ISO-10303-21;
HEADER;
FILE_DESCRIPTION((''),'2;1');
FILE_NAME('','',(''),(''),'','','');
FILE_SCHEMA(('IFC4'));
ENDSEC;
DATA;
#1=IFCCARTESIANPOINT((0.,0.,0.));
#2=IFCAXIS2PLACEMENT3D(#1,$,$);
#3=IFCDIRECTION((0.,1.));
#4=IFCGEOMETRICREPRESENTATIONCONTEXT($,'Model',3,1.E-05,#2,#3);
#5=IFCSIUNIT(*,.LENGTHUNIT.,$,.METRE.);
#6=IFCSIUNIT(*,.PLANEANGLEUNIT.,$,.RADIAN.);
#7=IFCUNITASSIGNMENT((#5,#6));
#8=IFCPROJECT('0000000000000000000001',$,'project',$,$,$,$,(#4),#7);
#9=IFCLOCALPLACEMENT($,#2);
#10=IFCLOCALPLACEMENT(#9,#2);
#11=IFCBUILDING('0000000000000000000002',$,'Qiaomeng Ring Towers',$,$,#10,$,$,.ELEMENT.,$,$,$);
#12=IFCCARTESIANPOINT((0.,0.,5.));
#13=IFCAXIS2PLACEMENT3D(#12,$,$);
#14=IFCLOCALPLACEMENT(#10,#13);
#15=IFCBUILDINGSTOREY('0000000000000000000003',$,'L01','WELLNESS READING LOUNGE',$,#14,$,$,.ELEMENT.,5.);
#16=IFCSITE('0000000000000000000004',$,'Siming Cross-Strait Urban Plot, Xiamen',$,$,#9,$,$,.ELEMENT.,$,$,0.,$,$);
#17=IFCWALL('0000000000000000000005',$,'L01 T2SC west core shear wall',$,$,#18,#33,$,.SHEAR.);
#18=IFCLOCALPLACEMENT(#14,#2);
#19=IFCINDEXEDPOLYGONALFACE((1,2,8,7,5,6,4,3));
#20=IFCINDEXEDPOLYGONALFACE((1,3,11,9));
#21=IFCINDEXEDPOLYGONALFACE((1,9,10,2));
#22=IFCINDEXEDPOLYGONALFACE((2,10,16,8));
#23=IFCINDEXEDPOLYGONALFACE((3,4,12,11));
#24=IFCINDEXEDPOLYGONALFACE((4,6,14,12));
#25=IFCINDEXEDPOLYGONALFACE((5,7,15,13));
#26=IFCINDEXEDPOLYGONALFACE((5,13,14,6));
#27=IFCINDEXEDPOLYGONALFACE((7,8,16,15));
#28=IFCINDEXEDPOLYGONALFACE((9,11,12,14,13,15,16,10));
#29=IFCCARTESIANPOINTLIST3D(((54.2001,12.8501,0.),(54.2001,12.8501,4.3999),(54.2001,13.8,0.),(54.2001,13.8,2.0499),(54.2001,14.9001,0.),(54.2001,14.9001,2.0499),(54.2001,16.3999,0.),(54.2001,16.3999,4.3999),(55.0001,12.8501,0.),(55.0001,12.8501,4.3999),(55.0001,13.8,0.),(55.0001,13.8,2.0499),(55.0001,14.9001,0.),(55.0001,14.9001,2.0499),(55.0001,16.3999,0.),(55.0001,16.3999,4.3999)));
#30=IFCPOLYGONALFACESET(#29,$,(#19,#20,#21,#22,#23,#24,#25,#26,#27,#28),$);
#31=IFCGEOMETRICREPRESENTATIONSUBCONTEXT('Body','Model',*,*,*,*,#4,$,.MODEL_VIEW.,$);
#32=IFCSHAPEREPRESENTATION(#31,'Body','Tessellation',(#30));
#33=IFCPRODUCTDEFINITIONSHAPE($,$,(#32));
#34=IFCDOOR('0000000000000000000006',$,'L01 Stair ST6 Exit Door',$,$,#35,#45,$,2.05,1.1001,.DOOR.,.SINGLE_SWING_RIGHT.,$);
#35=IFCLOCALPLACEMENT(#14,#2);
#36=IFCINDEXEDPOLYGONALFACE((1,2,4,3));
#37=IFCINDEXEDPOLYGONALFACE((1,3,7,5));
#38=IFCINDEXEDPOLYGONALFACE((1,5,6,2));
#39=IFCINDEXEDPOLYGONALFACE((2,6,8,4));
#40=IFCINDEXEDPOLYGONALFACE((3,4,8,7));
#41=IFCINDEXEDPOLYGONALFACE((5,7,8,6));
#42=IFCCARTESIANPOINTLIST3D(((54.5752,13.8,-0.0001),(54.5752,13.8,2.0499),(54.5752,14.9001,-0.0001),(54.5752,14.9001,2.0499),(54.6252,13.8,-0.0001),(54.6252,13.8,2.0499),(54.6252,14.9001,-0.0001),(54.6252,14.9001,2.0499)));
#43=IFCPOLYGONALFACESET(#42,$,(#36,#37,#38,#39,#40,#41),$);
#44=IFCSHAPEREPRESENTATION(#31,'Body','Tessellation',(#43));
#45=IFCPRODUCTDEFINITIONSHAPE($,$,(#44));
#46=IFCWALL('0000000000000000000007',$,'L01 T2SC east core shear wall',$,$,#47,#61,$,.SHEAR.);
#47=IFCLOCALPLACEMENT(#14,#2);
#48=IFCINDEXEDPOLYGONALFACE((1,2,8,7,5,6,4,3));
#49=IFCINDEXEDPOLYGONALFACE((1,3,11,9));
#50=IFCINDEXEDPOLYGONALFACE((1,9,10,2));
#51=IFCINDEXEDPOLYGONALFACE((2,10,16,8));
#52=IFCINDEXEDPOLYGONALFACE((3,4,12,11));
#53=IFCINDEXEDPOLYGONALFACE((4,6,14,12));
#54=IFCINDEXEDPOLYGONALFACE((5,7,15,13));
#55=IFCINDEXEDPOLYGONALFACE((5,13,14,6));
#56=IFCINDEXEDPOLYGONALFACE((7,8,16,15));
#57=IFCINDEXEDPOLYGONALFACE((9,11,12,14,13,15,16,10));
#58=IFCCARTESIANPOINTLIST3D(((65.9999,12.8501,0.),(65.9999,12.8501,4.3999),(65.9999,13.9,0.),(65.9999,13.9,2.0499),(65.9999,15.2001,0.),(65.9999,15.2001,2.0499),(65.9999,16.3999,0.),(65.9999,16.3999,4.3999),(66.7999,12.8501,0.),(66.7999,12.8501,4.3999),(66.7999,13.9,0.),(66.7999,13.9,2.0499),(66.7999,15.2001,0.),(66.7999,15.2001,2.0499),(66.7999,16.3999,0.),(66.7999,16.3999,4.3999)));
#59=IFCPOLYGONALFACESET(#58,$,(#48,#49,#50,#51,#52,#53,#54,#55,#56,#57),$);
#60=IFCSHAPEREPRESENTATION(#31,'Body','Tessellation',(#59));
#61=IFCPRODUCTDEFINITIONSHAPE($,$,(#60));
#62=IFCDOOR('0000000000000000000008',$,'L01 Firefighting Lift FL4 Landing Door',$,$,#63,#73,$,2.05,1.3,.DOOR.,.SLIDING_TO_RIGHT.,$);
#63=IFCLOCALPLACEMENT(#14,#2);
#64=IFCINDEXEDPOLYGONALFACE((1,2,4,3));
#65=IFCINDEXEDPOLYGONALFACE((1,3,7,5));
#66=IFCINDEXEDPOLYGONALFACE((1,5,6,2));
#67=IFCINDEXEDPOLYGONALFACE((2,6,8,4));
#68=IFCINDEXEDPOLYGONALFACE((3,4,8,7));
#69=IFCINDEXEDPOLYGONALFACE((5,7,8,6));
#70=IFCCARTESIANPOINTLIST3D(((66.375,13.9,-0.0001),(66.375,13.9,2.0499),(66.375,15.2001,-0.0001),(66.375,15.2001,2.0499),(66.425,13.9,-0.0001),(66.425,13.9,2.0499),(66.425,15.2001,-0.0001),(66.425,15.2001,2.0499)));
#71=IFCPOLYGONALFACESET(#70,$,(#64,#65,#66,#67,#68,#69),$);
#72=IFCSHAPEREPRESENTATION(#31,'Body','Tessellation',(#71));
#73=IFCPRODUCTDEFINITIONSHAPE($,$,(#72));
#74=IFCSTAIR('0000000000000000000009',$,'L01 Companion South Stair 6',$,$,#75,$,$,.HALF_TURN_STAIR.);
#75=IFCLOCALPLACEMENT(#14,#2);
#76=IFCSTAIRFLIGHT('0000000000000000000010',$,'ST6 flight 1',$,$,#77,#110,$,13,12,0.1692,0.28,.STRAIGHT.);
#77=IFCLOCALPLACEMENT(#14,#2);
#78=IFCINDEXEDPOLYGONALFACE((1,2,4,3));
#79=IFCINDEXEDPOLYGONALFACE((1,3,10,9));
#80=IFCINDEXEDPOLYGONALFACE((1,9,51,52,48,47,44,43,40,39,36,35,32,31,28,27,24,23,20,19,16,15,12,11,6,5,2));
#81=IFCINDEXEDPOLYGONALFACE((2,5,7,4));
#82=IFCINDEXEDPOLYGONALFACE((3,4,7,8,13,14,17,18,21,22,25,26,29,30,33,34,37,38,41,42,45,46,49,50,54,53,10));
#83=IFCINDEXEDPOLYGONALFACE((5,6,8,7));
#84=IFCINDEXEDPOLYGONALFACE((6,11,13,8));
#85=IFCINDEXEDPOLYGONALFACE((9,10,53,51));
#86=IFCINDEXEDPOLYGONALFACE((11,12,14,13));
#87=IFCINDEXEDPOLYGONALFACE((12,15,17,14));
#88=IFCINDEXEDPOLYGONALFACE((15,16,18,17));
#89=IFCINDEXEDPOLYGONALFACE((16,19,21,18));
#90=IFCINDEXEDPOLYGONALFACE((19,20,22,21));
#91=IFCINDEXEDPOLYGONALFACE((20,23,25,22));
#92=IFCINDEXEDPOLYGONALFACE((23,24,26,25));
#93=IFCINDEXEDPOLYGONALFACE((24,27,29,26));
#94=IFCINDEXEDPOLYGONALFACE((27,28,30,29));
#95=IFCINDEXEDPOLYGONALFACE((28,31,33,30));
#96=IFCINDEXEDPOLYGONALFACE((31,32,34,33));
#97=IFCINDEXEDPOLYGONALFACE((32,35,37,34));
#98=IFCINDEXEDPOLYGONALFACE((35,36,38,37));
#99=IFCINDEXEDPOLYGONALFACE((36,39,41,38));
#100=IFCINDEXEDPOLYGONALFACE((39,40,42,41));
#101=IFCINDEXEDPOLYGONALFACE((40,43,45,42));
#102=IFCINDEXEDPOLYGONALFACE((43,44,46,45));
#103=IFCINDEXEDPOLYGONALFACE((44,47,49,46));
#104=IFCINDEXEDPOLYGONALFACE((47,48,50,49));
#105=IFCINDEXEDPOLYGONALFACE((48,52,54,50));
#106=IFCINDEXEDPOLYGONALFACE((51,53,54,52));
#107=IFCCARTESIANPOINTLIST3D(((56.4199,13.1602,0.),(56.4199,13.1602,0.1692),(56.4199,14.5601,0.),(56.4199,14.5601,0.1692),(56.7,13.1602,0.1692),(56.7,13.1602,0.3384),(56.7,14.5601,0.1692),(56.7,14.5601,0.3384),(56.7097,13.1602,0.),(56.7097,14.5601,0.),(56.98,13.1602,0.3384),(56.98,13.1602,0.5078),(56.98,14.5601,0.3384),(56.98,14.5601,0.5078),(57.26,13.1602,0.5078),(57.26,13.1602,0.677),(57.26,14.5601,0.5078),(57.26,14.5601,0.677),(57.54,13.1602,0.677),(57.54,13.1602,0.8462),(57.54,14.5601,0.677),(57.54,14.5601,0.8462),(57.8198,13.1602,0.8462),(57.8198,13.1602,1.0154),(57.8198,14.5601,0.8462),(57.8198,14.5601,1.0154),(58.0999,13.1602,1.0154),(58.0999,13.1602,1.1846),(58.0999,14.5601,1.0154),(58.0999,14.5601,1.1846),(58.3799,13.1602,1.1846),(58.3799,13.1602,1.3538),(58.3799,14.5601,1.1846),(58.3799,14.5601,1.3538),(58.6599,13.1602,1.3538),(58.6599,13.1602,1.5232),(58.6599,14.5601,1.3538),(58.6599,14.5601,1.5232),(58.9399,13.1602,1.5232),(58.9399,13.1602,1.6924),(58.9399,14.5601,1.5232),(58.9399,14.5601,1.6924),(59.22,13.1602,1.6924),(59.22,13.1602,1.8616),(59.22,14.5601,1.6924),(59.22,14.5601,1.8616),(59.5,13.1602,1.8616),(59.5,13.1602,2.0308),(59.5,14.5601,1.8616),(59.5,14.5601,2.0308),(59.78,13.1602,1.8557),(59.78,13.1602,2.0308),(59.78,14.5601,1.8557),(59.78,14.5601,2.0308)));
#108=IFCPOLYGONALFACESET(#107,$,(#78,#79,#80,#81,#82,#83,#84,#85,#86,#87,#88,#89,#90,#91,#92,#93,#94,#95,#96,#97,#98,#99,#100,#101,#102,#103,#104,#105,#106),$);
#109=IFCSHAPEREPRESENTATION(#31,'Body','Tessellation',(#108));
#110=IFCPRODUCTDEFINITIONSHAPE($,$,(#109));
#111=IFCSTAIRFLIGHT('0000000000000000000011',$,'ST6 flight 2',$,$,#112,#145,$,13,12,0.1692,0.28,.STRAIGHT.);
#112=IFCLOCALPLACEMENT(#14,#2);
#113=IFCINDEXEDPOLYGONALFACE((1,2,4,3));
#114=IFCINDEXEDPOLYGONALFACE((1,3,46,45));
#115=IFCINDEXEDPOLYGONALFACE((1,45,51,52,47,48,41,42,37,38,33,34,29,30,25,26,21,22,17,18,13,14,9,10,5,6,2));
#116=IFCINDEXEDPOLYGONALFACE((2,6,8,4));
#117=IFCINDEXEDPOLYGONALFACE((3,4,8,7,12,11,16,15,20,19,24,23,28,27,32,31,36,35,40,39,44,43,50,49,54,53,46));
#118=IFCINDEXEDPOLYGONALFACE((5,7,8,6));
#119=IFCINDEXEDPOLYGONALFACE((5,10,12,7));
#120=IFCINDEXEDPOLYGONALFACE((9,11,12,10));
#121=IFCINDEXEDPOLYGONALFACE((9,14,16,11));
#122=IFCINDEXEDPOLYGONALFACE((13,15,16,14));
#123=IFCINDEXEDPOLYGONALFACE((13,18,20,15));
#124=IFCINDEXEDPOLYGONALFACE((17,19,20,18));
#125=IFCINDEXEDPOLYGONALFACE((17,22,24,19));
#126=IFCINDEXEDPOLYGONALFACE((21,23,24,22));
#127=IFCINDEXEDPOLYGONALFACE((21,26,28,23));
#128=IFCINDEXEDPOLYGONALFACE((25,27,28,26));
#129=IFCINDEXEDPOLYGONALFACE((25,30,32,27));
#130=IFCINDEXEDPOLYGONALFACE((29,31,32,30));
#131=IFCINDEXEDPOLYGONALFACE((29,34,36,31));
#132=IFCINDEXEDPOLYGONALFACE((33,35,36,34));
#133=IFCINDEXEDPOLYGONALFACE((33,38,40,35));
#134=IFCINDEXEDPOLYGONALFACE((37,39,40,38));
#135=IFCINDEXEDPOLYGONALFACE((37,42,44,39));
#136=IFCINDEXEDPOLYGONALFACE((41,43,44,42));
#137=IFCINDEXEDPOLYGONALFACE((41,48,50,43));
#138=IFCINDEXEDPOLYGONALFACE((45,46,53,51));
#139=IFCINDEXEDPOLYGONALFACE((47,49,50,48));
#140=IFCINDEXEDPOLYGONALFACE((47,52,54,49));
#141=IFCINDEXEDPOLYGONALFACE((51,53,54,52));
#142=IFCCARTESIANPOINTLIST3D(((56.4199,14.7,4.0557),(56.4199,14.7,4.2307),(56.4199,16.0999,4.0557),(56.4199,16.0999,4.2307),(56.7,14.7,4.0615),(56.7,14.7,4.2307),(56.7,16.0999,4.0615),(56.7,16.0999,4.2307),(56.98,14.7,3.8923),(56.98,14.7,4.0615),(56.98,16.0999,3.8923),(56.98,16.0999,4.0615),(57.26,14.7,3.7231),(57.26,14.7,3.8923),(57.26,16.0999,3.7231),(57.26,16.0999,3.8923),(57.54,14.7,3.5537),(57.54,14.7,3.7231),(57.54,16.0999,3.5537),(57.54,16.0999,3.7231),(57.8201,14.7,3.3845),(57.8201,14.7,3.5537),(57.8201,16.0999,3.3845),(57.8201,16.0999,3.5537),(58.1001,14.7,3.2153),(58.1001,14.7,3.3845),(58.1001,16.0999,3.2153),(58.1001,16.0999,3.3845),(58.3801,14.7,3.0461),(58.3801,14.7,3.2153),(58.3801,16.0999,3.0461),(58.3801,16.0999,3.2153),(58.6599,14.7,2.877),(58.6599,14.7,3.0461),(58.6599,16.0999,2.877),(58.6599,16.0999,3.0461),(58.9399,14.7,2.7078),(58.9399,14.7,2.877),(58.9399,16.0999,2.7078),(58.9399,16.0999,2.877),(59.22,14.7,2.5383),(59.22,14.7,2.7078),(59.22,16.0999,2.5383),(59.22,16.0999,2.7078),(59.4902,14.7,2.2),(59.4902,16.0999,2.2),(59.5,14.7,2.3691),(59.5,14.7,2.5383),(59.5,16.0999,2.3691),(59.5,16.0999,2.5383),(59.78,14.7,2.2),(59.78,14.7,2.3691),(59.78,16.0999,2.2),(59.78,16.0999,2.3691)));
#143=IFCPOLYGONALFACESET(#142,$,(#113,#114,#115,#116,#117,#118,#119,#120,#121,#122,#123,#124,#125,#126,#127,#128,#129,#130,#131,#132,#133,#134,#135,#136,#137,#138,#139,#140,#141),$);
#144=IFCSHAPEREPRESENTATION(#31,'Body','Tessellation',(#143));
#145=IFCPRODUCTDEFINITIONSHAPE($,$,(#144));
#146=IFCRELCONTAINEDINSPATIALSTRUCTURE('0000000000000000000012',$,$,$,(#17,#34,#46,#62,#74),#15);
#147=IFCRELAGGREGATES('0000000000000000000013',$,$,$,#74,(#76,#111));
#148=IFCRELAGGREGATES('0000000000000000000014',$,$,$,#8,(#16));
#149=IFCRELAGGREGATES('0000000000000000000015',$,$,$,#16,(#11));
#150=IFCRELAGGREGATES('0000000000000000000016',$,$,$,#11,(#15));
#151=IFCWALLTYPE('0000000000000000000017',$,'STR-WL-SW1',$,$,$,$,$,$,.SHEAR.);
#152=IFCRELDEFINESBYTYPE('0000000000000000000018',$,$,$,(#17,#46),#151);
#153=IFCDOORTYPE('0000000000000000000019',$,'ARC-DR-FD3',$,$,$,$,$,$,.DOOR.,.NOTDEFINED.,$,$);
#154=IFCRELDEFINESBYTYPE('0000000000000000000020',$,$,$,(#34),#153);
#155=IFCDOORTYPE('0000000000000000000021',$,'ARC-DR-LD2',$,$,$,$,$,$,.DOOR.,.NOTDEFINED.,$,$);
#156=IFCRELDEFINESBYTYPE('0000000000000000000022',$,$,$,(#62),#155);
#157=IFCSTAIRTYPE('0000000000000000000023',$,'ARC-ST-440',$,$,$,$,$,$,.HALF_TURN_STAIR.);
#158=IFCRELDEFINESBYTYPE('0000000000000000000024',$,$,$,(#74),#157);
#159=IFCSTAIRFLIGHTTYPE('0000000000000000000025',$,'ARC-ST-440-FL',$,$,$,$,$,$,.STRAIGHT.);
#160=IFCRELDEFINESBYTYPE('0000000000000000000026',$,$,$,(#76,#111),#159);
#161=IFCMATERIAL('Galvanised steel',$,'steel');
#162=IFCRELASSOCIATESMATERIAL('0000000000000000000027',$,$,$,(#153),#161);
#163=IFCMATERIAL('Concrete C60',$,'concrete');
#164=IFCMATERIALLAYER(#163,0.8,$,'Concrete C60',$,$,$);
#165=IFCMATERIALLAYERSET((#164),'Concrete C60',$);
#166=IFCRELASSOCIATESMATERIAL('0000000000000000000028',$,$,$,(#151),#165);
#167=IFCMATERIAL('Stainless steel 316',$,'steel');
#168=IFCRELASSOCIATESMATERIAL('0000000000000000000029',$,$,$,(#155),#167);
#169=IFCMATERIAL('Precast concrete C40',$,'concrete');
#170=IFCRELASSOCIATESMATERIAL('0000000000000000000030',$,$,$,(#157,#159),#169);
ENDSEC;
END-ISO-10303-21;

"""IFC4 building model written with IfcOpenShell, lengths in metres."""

from ifc_helpers import new_model, si_unit, direction, frame, frame_2d, origin, place, context, subcontext, project, spatial, polyline, rectangle, outline, extrude, source, transform, mapped, material, layer, layer_set, type_object, element, fill, aggregate, save


model = new_model("IFC4")

# Units and contexts
model_context = context("Model", 3, precision=1e-05, world=origin(), true_north=direction((0.0, 1.0)))
body_context = subcontext(model_context, "Body", "Model", "MODEL_VIEW")
ifc_project = project(units=[si_unit("LENGTHUNIT", "METRE"), si_unit("PLANEANGLEUNIT", "RADIAN")], contexts=[model_context])

# Site, building, storey
site_placement = place(None, origin())
site = spatial("IfcSite", under=ifc_project, at=site_placement, Name="Siming Cross-Strait Urban Plot, Xiamen", CompositionType="ELEMENT", RefElevation=0.0)
building_placement = place(site_placement, origin())
building = spatial("IfcBuilding", under=site, at=building_placement, Name="Qiaomeng Ring Towers", CompositionType="ELEMENT")
storey_placement = place(building_placement, frame((0.0, 0.0, 5.0)))
storey = spatial("IfcBuildingStorey", under=building, at=storey_placement, Name="L01", Description="WELLNESS READING LOUNGE", CompositionType="ELEMENT", Elevation=5.0)

# Shared definitions
ifc_material_1 = material(Name="Galvanised steel", Category="steel")
door_type_1 = type_object("IfcDoorType", Name="ARC-DR-FD3", OperationType="NOTDEFINED", PredefinedType="DOOR", material=ifc_material_1)
shared_shape_1 = source(origin(), body_context, "Body", "SweptSolid", [
    extrude(rectangle(XDim=1.1001, YDim=2.05, at=frame_2d((0.55, 1.0249))), frame((0.0, 0.0249, 0.0), z_axis=(0.0, -1.0, 0.0), x_axis=(1.0, 0.0, 0.0)), (0.0, 0.0, 1.0), 0.05),
])

# Walls, openings, doors
ifc_material_2 = material(Name="Concrete C60", Category="concrete")
ifc_layer_1 = layer(ifc_material_2, 0.8, Name="Concrete C60")
ifc_layer_set_1 = layer_set([ifc_layer_1], Name="Concrete C60")
wall_type_1 = type_object("IfcWallType", Name="STR-WL-SW1", PredefinedType="SHEAR", material=ifc_layer_set_1)
wall_1_placement = place(storey_placement, frame((54.6001, 12.8501, 0.0), z_axis=(0.0, 0.0, 1.0), x_axis=(0.0, 1.0, 0.0)))
wall_1 = element("IfcWall", 1, at=wall_1_placement, inside=storey, type_object=wall_type_1, Name="L01 T2SC west core shear wall", PredefinedType="SHEAR", context=body_context, shape_type="SweptSolid", body=[
    extrude(rectangle(XDim=3.5498, YDim=0.8, at=frame_2d((1.7749, 0.0))), origin(), (0.0, 0.0, 1.0), 4.3999),
])
opening_1_placement = place(wall_1_placement, frame((0.95, 0.0, 0.0)))
opening_1 = element("IfcOpeningElement", 2, at=opening_1_placement, cuts=wall_1, PredefinedType="OPENING", context=body_context, shape_type="SweptSolid", body=[
    extrude(rectangle(XDim=1.1001, YDim=2.05, at=frame_2d((0.55, 1.0249))), frame((0.0, 0.4099, 0.0), z_axis=(0.0, -1.0, 0.0), x_axis=(1.0, 0.0, 0.0)), (0.0, 0.0, 1.0), 0.8201),
])
door_1_placement = place(opening_1_placement, origin())
door_1 = element("IfcDoor", 3, at=door_1_placement, inside=storey, type_object=door_type_1, Name="L01 Stair ST6 Exit Door", OperationType="SINGLE_SWING_RIGHT", OverallHeight=2.05, OverallWidth=1.1001, PredefinedType="DOOR", context=body_context, shape_type="MappedRepresentation", body=[
    mapped(shared_shape_1, transform((0.0, 0.0, 0.0), x_axis=(1.0, 0.0, 0.0), y_axis=(0.0, 1.0, 0.0), z_axis=(0.0, 0.0, 1.0), scale=1.0)),
])
fill(opening_1, door_1)
wall_2_placement = place(storey_placement, frame((66.3999, 12.8501, 0.0), z_axis=(0.0, 0.0, 1.0), x_axis=(0.0, 1.0, 0.0)))
wall_2 = element("IfcWall", 4, at=wall_2_placement, inside=storey, type_object=wall_type_1, Name="L01 T2SC east core shear wall", PredefinedType="SHEAR", context=body_context, shape_type="SweptSolid", body=[
    extrude(rectangle(XDim=3.5498, YDim=0.8, at=frame_2d((1.7749, 0.0))), origin(), (0.0, 0.0, 1.0), 4.3999),
])
opening_2_placement = place(wall_2_placement, frame((1.05, 0.0, 0.0)))
opening_2 = element("IfcOpeningElement", 5, at=opening_2_placement, cuts=wall_2, PredefinedType="OPENING", context=body_context, shape_type="SweptSolid", body=[
    extrude(rectangle(XDim=1.3, YDim=2.05, at=frame_2d((0.6499, 1.0249))), frame((0.0, 0.4099, 0.0), z_axis=(0.0, -1.0, 0.0), x_axis=(1.0, 0.0, 0.0)), (0.0, 0.0, 1.0), 0.8201),
])
ifc_material_3 = material(Name="Stainless steel 316", Category="steel")
door_type_2 = type_object("IfcDoorType", Name="ARC-DR-LD2", OperationType="NOTDEFINED", PredefinedType="DOOR", material=ifc_material_3)
shared_shape_2 = source(origin(), body_context, "Body", "SweptSolid", [
    extrude(rectangle(XDim=1.3, YDim=2.05, at=frame_2d((0.6499, 1.0249))), frame((0.0, 0.0249, 0.0), z_axis=(0.0, -1.0, 0.0), x_axis=(1.0, 0.0, 0.0)), (0.0, 0.0, 1.0), 0.05),
])
door_2_placement = place(opening_2_placement, origin())
door_2 = element("IfcDoor", 6, at=door_2_placement, inside=storey, type_object=door_type_2, Name="L01 Firefighting Lift FL4 Landing Door", OperationType="SLIDING_TO_RIGHT", OverallHeight=2.05, OverallWidth=1.3, PredefinedType="DOOR", context=body_context, shape_type="MappedRepresentation", body=[
    mapped(shared_shape_2, transform((0.0, 0.0, 0.0), x_axis=(1.0, 0.0, 0.0), y_axis=(0.0, 1.0, 0.0), z_axis=(0.0, 0.0, 1.0), scale=1.0)),
])
fill(opening_2, door_2)

# Stair, stair flights
ifc_material_4 = material(Name="Precast concrete C40", Category="concrete")
stair_type = type_object("IfcStairType", Name="ARC-ST-440", PredefinedType="HALF_TURN_STAIR", material=ifc_material_4)
stair_placement = place(storey_placement, origin())
stair = element("IfcStair", 7, at=stair_placement, inside=storey, type_object=stair_type, Name="L01 Companion South Stair 6", PredefinedType="HALF_TURN_STAIR")
stair_flight_type = type_object("IfcStairFlightType", Name="ARC-ST-440-FL", PredefinedType="STRAIGHT", material=ifc_material_4)
shared_shape_3 = source(origin(), body_context, "Body", "SweptSolid", [
    extrude(outline(polyline([(0.0, 0.0), (0.0, 0.1692), (0.28, 0.1692), (0.28, 0.3384), (0.5601, 0.3384), (0.5601, 0.5078), (0.8401, 0.5078), (0.8401, 0.677), (1.1201, 0.677), (1.1201, 0.8462), (1.3999, 0.8462), (1.3999, 1.0154), (1.6799, 1.0154), (1.6799, 1.1846), (1.96, 1.1846), (1.96, 1.3538), (2.24, 1.3538), (2.24, 1.5232), (2.52, 1.5232), (2.52, 1.6924), (2.8, 1.6924), (2.8, 1.8616), (3.0801, 1.8616), (3.0801, 2.0308), (3.3601, 2.0308), (3.3601, 2.2), (3.3601, 1.8557), (0.2898, 0.0), (0.0, 0.0)])), frame((0.0, 0.7, 0.0), z_axis=(0.0, -1.0, 0.0), x_axis=(1.0, 0.0, 0.0)), (0.0, 0.0, 1.0), 1.3999),
])
stair_flight_1_placement = place(storey_placement, frame((56.4199, 13.8601, 0.0), z_axis=(0.0, 0.0, 1.0), x_axis=(1.0, 0.0, 0.0)))
stair_flight_1 = element("IfcStairFlight", 8, at=stair_flight_1_placement, type_object=stair_flight_type, Name="ST6 flight 1", NumberOfRisers=13, NumberOfTreads=12, PredefinedType="STRAIGHT", RiserHeight=0.1692, TreadLength=0.28, context=body_context, shape_type="MappedRepresentation", body=[
    mapped(shared_shape_3, transform((0.0, 0.0, 0.0), x_axis=(1.0, 0.0, 0.0), y_axis=(0.0, 1.0, 0.0), z_axis=(0.0, 0.0, 1.0), scale=1.0)),
])
stair_flight_2_placement = place(storey_placement, frame((59.78, 15.3999, 2.2), z_axis=(0.0, 0.0, 1.0), x_axis=(-1.0, 0.0, 0.0)))
stair_flight_2 = element("IfcStairFlight", 9, at=stair_flight_2_placement, type_object=stair_flight_type, Name="ST6 flight 2", NumberOfRisers=13, NumberOfTreads=12, PredefinedType="STRAIGHT", RiserHeight=0.1692, TreadLength=0.28, context=body_context, shape_type="MappedRepresentation", body=[
    mapped(shared_shape_3, transform((0.0, 0.0, 0.0), x_axis=(1.0, 0.0, 0.0), y_axis=(0.0, 1.0, 0.0), z_axis=(0.0, 0.0, 1.0), scale=1.0)),
])
aggregate(stair, [stair_flight_1, stair_flight_2])

save(model, "model.ifc")
